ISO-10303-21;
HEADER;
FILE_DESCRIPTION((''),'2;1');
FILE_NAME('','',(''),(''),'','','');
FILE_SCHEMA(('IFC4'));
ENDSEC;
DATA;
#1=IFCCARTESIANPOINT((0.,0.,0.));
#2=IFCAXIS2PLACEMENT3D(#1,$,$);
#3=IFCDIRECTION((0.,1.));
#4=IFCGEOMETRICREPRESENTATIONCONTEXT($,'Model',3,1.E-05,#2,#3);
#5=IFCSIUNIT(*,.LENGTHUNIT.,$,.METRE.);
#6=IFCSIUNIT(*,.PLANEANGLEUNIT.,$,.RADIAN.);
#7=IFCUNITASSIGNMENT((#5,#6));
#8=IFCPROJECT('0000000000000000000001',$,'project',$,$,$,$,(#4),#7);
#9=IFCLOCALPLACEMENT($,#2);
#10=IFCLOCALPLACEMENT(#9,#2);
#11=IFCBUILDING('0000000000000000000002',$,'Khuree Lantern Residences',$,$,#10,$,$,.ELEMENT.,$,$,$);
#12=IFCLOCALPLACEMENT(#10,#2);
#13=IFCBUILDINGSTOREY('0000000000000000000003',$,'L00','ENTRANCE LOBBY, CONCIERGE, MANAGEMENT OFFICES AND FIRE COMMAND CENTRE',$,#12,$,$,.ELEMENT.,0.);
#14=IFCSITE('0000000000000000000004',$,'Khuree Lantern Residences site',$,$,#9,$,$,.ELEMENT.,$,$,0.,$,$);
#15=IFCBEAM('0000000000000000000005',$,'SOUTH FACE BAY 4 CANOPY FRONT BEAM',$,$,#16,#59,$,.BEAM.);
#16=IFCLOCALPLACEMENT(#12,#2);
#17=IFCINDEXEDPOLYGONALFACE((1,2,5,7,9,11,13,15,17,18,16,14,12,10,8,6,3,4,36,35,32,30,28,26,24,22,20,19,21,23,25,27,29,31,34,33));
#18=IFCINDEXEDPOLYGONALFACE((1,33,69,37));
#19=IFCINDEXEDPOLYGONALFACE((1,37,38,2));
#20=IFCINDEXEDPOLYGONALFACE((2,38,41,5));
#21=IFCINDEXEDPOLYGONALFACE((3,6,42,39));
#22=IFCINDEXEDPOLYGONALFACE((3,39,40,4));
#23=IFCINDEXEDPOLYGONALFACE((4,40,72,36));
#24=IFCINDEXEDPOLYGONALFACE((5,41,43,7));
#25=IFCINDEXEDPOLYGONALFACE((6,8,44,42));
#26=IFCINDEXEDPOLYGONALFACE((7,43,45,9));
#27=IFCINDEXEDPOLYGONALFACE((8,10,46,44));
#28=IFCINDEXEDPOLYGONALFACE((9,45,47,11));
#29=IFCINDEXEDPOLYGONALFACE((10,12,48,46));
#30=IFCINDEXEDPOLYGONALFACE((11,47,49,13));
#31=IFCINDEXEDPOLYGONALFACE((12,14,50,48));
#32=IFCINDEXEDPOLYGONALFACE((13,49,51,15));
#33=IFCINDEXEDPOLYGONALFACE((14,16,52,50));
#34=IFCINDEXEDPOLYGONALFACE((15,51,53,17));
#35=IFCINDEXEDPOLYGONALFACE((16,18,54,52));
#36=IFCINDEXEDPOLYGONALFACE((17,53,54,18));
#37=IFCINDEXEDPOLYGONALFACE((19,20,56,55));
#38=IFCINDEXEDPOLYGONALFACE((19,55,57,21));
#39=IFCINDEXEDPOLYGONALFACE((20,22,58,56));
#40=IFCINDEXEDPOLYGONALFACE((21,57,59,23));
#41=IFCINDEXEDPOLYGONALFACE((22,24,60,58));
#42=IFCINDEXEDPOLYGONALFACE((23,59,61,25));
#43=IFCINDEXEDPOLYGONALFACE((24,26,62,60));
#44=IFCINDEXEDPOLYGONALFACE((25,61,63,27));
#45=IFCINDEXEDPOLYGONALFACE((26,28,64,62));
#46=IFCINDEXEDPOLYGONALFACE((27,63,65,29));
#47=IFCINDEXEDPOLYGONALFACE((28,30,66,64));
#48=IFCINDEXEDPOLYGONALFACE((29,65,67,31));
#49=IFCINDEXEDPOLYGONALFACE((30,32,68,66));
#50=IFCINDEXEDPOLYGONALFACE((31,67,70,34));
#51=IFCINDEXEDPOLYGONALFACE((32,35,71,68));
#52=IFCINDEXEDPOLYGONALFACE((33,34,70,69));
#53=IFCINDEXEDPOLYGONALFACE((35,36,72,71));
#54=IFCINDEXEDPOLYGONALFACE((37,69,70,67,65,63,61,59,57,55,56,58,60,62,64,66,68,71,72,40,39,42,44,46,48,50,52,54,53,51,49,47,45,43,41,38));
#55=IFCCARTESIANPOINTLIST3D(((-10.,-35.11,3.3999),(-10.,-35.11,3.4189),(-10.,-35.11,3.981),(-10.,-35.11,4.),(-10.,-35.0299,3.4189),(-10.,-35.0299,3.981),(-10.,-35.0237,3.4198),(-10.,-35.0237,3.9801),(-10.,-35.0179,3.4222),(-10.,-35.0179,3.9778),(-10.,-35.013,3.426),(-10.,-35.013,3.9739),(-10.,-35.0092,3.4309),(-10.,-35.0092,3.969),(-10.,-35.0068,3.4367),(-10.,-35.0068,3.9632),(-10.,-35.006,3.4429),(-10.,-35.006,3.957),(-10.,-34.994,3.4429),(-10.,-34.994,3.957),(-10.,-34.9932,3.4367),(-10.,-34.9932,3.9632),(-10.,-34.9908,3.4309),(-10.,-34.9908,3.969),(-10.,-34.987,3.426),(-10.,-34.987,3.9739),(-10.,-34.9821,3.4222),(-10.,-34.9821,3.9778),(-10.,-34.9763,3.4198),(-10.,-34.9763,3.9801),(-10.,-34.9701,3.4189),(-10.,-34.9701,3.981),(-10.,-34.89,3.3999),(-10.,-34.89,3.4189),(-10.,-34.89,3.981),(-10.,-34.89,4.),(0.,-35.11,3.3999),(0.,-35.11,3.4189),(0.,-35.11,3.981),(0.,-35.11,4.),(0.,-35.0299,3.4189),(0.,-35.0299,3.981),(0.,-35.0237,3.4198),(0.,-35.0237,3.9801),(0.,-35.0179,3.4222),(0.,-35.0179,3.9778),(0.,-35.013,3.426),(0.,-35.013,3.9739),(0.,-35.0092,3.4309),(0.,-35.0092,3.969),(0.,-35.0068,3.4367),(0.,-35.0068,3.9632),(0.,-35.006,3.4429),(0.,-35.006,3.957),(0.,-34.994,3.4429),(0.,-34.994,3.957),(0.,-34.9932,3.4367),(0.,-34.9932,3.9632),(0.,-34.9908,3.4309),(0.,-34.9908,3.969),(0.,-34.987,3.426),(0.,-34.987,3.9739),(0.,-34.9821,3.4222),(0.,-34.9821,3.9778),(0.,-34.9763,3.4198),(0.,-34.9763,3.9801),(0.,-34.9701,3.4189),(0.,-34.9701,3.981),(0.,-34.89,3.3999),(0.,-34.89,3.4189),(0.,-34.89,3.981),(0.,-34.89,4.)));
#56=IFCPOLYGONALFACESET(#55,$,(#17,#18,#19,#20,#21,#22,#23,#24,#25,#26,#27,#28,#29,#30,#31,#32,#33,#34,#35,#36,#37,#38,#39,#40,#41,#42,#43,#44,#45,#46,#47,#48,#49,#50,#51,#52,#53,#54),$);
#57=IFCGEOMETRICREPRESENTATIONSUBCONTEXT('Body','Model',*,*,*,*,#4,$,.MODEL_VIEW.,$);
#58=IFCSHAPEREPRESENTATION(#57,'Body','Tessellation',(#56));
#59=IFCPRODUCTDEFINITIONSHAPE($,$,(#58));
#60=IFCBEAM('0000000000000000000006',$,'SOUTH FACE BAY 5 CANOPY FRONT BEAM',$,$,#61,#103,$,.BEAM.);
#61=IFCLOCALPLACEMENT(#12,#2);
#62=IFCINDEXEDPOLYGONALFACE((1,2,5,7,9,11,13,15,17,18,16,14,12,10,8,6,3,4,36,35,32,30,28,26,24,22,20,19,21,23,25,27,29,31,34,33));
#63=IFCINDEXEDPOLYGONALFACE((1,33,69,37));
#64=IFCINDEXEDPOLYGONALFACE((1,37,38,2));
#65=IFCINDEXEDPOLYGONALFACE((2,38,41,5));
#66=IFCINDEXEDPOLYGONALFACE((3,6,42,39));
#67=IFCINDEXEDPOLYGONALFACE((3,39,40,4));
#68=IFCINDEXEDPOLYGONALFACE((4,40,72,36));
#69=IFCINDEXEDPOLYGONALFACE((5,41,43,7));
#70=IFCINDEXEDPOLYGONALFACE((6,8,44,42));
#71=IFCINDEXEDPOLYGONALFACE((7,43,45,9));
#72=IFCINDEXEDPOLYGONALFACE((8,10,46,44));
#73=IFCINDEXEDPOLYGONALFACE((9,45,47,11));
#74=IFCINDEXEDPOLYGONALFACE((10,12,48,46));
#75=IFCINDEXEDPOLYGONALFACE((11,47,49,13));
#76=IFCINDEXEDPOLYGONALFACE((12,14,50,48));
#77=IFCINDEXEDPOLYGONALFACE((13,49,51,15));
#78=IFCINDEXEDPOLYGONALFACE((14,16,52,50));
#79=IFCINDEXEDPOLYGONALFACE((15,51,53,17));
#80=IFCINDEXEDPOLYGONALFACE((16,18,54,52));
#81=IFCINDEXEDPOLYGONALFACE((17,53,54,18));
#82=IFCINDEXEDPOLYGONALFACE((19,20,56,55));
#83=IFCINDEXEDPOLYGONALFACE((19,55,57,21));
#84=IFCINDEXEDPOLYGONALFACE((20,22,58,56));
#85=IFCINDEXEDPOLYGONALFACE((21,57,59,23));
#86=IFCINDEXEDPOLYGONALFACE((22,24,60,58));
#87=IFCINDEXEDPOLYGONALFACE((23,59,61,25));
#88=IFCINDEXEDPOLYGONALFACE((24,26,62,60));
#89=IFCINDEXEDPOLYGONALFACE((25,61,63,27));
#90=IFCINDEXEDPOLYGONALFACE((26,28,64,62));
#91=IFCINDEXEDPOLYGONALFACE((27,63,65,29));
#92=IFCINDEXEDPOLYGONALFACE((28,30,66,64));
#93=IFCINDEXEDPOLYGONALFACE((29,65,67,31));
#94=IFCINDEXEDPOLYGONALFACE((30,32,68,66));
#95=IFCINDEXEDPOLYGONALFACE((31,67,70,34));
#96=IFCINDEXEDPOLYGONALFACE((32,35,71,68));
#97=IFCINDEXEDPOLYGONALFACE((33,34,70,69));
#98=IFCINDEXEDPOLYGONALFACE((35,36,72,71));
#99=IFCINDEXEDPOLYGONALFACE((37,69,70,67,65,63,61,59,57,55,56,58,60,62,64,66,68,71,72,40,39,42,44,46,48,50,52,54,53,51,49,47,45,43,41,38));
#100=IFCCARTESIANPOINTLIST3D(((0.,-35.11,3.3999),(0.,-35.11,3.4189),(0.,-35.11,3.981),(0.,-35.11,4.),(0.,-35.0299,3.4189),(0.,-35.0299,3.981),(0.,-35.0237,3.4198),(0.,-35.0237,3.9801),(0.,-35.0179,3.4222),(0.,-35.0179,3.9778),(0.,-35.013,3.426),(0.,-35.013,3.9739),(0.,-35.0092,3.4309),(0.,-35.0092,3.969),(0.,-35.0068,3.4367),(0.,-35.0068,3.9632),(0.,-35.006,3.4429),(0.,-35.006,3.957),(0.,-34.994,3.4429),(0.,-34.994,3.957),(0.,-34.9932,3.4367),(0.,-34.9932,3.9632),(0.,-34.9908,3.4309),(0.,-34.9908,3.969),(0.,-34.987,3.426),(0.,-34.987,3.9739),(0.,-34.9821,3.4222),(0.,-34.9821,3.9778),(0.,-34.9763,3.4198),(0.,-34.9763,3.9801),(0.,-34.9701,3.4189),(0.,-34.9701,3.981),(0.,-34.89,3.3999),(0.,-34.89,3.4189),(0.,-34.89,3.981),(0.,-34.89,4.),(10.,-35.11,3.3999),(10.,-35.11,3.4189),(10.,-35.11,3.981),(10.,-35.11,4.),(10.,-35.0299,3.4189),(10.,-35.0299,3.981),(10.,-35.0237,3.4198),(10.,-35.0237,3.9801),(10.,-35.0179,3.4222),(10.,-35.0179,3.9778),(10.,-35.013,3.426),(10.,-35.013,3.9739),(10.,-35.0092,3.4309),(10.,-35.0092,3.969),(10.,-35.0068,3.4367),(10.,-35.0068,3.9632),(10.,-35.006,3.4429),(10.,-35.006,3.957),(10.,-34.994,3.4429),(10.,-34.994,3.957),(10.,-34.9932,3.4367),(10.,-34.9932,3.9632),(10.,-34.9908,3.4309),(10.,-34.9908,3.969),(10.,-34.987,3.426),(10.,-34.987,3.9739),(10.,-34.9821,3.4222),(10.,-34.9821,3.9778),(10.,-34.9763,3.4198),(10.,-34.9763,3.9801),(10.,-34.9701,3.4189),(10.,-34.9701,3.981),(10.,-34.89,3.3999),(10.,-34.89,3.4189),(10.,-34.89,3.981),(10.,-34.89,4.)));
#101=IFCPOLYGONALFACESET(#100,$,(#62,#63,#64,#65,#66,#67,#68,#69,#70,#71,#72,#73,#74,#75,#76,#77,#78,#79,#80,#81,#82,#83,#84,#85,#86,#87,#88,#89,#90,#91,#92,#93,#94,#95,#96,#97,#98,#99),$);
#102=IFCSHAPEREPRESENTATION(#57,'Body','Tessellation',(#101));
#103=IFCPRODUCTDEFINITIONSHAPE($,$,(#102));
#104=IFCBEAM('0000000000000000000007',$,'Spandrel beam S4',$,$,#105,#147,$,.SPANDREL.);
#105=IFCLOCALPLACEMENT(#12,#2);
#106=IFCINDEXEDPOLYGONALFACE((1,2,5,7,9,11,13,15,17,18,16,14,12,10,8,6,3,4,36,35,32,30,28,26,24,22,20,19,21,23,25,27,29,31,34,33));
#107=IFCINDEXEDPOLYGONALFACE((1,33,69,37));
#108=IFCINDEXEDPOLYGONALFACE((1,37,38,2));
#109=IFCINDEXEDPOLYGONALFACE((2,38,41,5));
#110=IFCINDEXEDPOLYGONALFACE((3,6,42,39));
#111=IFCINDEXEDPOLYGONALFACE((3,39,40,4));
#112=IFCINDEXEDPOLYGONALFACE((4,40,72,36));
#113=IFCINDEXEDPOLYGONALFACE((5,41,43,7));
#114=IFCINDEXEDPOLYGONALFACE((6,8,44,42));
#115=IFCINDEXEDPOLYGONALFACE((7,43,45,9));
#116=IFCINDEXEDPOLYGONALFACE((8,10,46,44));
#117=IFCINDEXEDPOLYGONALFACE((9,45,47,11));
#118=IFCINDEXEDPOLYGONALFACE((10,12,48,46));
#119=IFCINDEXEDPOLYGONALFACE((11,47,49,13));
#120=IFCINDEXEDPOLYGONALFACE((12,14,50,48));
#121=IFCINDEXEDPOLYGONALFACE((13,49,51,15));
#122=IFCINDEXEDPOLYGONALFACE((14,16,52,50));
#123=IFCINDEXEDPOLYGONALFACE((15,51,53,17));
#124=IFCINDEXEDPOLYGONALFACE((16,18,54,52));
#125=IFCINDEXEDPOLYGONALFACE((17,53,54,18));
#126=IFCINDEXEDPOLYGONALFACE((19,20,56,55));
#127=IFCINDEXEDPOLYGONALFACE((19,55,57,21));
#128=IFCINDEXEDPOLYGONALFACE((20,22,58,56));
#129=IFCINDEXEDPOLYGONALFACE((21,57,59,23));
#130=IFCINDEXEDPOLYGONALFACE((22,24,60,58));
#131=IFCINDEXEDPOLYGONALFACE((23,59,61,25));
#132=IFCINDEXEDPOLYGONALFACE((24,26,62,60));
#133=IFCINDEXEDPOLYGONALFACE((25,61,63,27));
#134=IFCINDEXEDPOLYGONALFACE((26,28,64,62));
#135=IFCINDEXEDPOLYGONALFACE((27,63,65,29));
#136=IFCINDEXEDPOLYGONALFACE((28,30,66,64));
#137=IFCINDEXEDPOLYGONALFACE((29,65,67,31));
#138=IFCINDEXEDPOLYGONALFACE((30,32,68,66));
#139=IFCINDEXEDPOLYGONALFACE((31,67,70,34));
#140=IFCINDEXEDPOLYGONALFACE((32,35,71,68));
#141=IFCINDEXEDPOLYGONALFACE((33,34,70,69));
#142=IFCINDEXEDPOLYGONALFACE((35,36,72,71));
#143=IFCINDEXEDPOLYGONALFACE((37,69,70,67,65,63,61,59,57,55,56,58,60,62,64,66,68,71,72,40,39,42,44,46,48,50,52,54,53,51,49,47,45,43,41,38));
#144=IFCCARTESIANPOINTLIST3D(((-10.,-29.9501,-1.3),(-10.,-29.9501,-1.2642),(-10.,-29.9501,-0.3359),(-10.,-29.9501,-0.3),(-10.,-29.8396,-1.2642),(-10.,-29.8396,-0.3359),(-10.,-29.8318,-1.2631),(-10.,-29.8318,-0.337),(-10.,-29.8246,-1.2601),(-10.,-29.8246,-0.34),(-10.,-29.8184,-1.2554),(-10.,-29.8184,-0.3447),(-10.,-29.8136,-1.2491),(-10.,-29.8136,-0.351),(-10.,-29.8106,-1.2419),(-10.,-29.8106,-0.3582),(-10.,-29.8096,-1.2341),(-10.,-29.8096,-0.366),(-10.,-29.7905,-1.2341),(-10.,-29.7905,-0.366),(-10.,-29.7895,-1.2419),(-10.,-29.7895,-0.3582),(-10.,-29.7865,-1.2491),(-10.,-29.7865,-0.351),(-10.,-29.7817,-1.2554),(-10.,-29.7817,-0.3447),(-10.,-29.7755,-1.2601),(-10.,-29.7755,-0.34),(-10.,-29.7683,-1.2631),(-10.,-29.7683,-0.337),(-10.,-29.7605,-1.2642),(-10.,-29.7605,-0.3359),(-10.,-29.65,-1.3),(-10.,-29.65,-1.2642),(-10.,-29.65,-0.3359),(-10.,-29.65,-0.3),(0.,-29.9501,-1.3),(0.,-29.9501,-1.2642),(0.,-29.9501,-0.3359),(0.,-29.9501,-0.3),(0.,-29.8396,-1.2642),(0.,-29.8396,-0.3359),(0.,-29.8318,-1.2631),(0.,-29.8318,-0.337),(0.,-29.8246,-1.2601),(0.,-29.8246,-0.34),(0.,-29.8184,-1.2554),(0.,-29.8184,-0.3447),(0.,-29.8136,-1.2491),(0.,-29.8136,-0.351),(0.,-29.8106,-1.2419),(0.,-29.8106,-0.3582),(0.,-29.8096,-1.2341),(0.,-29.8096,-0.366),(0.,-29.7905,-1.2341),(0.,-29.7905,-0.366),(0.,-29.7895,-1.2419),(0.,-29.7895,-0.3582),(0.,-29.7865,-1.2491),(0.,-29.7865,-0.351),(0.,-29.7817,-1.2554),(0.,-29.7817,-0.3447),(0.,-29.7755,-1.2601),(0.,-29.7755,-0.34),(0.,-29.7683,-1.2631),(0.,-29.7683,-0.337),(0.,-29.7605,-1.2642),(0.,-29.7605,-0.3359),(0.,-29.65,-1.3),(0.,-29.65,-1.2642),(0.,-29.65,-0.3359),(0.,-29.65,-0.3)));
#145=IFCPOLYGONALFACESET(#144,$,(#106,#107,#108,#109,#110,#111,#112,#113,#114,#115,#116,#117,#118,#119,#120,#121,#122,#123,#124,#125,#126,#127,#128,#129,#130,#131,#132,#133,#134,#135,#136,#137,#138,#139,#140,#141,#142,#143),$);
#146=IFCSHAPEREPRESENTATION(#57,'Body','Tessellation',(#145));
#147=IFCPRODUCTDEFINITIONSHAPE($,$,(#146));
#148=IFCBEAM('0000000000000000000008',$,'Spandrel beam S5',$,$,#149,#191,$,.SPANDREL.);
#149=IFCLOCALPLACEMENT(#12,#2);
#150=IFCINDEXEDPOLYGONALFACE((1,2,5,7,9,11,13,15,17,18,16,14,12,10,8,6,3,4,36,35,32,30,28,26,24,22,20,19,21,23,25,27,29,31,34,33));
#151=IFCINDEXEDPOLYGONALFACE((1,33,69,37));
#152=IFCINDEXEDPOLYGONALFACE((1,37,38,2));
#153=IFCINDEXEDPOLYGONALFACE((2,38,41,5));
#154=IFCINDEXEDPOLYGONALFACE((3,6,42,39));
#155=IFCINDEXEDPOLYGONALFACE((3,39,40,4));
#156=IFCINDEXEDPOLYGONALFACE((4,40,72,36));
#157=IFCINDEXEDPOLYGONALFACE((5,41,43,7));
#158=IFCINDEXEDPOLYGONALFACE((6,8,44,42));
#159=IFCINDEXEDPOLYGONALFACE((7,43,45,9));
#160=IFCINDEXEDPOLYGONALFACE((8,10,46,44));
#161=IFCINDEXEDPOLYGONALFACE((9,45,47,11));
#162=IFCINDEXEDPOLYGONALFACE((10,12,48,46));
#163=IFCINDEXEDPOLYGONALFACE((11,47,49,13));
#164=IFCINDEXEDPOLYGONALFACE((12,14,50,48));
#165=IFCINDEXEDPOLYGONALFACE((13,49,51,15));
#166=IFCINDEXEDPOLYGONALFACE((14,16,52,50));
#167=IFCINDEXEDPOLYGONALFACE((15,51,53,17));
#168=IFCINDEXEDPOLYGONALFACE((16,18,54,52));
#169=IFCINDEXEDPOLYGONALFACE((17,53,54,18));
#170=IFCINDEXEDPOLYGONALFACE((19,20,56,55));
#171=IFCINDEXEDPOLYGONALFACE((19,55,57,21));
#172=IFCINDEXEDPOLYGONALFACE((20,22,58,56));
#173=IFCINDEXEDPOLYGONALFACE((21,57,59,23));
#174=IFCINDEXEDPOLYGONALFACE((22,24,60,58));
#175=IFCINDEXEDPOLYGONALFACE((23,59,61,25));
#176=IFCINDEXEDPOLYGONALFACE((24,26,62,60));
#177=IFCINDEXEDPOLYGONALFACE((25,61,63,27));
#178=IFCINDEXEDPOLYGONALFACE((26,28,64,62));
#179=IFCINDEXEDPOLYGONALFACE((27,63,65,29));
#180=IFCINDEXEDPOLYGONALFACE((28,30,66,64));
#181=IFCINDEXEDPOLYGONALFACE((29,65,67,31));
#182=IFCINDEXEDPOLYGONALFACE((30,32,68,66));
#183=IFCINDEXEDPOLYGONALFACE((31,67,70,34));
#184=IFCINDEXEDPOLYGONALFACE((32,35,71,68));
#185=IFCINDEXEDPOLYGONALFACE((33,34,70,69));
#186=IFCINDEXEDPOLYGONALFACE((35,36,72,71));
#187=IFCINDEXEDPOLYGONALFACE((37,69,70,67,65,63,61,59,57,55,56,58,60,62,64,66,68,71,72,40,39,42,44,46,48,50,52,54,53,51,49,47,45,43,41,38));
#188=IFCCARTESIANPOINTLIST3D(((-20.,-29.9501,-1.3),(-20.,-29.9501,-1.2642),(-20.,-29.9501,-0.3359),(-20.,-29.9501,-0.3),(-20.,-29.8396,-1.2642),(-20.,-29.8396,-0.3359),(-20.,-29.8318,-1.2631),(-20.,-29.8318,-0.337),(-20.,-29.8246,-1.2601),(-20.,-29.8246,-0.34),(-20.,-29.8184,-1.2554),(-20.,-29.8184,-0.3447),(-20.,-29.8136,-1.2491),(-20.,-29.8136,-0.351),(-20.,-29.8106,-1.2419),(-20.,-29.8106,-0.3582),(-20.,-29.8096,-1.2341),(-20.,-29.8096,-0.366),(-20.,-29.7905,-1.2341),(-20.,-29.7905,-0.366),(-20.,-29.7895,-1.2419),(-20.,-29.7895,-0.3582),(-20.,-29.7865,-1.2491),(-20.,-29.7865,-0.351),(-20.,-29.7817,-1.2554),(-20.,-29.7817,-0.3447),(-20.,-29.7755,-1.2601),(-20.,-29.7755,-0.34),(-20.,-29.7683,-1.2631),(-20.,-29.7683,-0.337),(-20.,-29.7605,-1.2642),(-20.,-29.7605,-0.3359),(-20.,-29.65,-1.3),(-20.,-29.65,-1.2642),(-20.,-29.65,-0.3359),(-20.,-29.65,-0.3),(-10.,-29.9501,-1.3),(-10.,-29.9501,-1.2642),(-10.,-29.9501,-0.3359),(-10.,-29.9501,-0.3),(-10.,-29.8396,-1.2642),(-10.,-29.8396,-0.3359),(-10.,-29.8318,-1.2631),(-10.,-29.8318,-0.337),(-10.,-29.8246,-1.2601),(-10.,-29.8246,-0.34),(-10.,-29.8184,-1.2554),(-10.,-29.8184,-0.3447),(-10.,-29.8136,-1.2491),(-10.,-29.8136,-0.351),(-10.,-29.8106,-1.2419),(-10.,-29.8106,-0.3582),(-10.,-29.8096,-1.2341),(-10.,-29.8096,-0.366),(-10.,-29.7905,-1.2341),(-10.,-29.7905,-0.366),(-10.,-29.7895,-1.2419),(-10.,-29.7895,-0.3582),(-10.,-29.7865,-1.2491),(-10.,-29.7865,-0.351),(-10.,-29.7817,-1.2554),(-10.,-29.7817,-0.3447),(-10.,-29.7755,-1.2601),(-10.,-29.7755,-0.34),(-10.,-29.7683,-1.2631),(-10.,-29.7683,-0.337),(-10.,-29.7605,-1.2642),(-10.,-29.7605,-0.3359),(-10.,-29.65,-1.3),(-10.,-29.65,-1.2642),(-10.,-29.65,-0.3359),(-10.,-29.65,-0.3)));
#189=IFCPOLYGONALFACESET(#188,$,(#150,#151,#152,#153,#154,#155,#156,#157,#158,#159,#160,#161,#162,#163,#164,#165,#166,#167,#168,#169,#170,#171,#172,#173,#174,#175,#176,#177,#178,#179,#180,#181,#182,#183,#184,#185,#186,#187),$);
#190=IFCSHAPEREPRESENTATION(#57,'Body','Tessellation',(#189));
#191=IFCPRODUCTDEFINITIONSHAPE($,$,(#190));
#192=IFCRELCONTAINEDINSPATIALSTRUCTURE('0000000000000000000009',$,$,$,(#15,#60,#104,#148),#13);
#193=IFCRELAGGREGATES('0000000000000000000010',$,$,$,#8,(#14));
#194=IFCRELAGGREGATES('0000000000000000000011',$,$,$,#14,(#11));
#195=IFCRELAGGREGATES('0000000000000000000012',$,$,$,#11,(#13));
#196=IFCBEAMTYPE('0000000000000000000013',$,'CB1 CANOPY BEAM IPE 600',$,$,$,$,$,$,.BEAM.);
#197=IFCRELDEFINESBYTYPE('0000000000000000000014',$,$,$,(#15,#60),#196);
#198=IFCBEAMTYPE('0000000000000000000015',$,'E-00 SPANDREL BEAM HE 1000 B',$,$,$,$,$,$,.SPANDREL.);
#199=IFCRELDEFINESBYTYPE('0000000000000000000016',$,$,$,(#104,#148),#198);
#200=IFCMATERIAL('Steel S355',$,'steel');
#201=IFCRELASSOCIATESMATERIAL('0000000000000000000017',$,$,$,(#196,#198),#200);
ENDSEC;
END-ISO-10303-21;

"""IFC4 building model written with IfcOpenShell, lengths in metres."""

from ifc_helpers import new_model, si_unit, direction, frame, origin, origin_2d, place, context, subcontext, project, spatial, i_section, extrude, material, material_profile, profile_set, type_object, element, save


model = new_model("IFC4")

# Units and contexts
model_context = context("Model", 3, precision=1e-05, world=origin(), true_north=direction((0.0, 1.0)))
body_context = subcontext(model_context, "Body", "Model", "MODEL_VIEW")
ifc_project = project(units=[si_unit("LENGTHUNIT", "METRE"), si_unit("PLANEANGLEUNIT", "RADIAN")], contexts=[model_context])

# Site, building, storey
site_placement = place(None, origin())
site = spatial("IfcSite", under=ifc_project, at=site_placement, Name="Khuree Lantern Residences site", CompositionType="ELEMENT", RefElevation=0.0)
building_placement = place(site_placement, origin())
building = spatial("IfcBuilding", under=site, at=building_placement, Name="Khuree Lantern Residences", CompositionType="ELEMENT")
storey_placement = place(building_placement, origin())
storey = spatial("IfcBuildingStorey", under=building, at=storey_placement, Name="L00", Description="ENTRANCE LOBBY, CONCIERGE, MANAGEMENT OFFICES AND FIRE COMMAND CENTRE", CompositionType="ELEMENT", Elevation=0.0)

# Shared definitions
ifc_material_1 = material(Name="Steel S355", Category="steel")

# Beams
ifc_material_profile_1 = material_profile(ifc_material_1, i_section(OverallWidth=0.22, OverallDepth=0.6001, WebThickness=0.012, FlangeThickness=0.019, FilletRadius=0.0239, at=origin_2d()), Name="IPE 600")
ifc_profile_set_1 = profile_set([ifc_material_profile_1], Name="Steel S355")
beam_type_1 = type_object("IfcBeamType", Name="CB1 CANOPY BEAM IPE 600", PredefinedType="BEAM", material=ifc_profile_set_1)
for number, where, z_axis, x_axis, name in (
    (1, (-10.0, -35.0, 3.7), (1.0, 0.0, 0.0), (0.0, 1.0, 0.0), "SOUTH FACE BAY 4 CANOPY FRONT BEAM"),
    (2, (0.0, -35.0, 3.7), (1.0, 0.0, 0.0), (0.0, 1.0, 0.0), "SOUTH FACE BAY 5 CANOPY FRONT BEAM"),
):
    element("IfcBeam", number, at=place(storey_placement, frame(where, z_axis=z_axis, x_axis=x_axis)), inside=storey, type_object=beam_type_1, Name=name, PredefinedType="BEAM", context=body_context, shape_type="SweptSolid", body=[
        extrude(i_section(OverallWidth=0.22, OverallDepth=0.6001, WebThickness=0.012, FlangeThickness=0.019, FilletRadius=0.0239, at=origin_2d()), origin(), (0.0, 0.0, 1.0), 10.0),
    ])
ifc_material_profile_2 = material_profile(ifc_material_1, i_section(OverallWidth=0.3, OverallDepth=1.0, WebThickness=0.019, FlangeThickness=0.0359, FilletRadius=0.03, at=origin_2d()), Name="HE 1000 B")
ifc_profile_set_2 = profile_set([ifc_material_profile_2], Name="Steel S355")
beam_type_2 = type_object("IfcBeamType", Name="E-00 SPANDREL BEAM HE 1000 B", PredefinedType="SPANDREL", material=ifc_profile_set_2)
for number, where, z_axis, x_axis, name in (
    (3, (0.0, -29.8, -0.8), (-1.0, 0.0, 0.0), (0.0, -1.0, 0.0), "Spandrel beam S4"),
    (4, (-10.0, -29.8, -0.8), (-1.0, 0.0, 0.0), (0.0, -1.0, 0.0), "Spandrel beam S5"),
):
    element("IfcBeam", number, at=place(storey_placement, frame(where, z_axis=z_axis, x_axis=x_axis)), inside=storey, type_object=beam_type_2, Name=name, PredefinedType="SPANDREL", context=body_context, shape_type="SweptSolid", body=[
        extrude(i_section(OverallWidth=0.3, OverallDepth=1.0, WebThickness=0.019, FlangeThickness=0.0359, FilletRadius=0.03, at=origin_2d()), origin(), (0.0, 0.0, 1.0), 10.0),
    ])

save(model, "model.ifc")
